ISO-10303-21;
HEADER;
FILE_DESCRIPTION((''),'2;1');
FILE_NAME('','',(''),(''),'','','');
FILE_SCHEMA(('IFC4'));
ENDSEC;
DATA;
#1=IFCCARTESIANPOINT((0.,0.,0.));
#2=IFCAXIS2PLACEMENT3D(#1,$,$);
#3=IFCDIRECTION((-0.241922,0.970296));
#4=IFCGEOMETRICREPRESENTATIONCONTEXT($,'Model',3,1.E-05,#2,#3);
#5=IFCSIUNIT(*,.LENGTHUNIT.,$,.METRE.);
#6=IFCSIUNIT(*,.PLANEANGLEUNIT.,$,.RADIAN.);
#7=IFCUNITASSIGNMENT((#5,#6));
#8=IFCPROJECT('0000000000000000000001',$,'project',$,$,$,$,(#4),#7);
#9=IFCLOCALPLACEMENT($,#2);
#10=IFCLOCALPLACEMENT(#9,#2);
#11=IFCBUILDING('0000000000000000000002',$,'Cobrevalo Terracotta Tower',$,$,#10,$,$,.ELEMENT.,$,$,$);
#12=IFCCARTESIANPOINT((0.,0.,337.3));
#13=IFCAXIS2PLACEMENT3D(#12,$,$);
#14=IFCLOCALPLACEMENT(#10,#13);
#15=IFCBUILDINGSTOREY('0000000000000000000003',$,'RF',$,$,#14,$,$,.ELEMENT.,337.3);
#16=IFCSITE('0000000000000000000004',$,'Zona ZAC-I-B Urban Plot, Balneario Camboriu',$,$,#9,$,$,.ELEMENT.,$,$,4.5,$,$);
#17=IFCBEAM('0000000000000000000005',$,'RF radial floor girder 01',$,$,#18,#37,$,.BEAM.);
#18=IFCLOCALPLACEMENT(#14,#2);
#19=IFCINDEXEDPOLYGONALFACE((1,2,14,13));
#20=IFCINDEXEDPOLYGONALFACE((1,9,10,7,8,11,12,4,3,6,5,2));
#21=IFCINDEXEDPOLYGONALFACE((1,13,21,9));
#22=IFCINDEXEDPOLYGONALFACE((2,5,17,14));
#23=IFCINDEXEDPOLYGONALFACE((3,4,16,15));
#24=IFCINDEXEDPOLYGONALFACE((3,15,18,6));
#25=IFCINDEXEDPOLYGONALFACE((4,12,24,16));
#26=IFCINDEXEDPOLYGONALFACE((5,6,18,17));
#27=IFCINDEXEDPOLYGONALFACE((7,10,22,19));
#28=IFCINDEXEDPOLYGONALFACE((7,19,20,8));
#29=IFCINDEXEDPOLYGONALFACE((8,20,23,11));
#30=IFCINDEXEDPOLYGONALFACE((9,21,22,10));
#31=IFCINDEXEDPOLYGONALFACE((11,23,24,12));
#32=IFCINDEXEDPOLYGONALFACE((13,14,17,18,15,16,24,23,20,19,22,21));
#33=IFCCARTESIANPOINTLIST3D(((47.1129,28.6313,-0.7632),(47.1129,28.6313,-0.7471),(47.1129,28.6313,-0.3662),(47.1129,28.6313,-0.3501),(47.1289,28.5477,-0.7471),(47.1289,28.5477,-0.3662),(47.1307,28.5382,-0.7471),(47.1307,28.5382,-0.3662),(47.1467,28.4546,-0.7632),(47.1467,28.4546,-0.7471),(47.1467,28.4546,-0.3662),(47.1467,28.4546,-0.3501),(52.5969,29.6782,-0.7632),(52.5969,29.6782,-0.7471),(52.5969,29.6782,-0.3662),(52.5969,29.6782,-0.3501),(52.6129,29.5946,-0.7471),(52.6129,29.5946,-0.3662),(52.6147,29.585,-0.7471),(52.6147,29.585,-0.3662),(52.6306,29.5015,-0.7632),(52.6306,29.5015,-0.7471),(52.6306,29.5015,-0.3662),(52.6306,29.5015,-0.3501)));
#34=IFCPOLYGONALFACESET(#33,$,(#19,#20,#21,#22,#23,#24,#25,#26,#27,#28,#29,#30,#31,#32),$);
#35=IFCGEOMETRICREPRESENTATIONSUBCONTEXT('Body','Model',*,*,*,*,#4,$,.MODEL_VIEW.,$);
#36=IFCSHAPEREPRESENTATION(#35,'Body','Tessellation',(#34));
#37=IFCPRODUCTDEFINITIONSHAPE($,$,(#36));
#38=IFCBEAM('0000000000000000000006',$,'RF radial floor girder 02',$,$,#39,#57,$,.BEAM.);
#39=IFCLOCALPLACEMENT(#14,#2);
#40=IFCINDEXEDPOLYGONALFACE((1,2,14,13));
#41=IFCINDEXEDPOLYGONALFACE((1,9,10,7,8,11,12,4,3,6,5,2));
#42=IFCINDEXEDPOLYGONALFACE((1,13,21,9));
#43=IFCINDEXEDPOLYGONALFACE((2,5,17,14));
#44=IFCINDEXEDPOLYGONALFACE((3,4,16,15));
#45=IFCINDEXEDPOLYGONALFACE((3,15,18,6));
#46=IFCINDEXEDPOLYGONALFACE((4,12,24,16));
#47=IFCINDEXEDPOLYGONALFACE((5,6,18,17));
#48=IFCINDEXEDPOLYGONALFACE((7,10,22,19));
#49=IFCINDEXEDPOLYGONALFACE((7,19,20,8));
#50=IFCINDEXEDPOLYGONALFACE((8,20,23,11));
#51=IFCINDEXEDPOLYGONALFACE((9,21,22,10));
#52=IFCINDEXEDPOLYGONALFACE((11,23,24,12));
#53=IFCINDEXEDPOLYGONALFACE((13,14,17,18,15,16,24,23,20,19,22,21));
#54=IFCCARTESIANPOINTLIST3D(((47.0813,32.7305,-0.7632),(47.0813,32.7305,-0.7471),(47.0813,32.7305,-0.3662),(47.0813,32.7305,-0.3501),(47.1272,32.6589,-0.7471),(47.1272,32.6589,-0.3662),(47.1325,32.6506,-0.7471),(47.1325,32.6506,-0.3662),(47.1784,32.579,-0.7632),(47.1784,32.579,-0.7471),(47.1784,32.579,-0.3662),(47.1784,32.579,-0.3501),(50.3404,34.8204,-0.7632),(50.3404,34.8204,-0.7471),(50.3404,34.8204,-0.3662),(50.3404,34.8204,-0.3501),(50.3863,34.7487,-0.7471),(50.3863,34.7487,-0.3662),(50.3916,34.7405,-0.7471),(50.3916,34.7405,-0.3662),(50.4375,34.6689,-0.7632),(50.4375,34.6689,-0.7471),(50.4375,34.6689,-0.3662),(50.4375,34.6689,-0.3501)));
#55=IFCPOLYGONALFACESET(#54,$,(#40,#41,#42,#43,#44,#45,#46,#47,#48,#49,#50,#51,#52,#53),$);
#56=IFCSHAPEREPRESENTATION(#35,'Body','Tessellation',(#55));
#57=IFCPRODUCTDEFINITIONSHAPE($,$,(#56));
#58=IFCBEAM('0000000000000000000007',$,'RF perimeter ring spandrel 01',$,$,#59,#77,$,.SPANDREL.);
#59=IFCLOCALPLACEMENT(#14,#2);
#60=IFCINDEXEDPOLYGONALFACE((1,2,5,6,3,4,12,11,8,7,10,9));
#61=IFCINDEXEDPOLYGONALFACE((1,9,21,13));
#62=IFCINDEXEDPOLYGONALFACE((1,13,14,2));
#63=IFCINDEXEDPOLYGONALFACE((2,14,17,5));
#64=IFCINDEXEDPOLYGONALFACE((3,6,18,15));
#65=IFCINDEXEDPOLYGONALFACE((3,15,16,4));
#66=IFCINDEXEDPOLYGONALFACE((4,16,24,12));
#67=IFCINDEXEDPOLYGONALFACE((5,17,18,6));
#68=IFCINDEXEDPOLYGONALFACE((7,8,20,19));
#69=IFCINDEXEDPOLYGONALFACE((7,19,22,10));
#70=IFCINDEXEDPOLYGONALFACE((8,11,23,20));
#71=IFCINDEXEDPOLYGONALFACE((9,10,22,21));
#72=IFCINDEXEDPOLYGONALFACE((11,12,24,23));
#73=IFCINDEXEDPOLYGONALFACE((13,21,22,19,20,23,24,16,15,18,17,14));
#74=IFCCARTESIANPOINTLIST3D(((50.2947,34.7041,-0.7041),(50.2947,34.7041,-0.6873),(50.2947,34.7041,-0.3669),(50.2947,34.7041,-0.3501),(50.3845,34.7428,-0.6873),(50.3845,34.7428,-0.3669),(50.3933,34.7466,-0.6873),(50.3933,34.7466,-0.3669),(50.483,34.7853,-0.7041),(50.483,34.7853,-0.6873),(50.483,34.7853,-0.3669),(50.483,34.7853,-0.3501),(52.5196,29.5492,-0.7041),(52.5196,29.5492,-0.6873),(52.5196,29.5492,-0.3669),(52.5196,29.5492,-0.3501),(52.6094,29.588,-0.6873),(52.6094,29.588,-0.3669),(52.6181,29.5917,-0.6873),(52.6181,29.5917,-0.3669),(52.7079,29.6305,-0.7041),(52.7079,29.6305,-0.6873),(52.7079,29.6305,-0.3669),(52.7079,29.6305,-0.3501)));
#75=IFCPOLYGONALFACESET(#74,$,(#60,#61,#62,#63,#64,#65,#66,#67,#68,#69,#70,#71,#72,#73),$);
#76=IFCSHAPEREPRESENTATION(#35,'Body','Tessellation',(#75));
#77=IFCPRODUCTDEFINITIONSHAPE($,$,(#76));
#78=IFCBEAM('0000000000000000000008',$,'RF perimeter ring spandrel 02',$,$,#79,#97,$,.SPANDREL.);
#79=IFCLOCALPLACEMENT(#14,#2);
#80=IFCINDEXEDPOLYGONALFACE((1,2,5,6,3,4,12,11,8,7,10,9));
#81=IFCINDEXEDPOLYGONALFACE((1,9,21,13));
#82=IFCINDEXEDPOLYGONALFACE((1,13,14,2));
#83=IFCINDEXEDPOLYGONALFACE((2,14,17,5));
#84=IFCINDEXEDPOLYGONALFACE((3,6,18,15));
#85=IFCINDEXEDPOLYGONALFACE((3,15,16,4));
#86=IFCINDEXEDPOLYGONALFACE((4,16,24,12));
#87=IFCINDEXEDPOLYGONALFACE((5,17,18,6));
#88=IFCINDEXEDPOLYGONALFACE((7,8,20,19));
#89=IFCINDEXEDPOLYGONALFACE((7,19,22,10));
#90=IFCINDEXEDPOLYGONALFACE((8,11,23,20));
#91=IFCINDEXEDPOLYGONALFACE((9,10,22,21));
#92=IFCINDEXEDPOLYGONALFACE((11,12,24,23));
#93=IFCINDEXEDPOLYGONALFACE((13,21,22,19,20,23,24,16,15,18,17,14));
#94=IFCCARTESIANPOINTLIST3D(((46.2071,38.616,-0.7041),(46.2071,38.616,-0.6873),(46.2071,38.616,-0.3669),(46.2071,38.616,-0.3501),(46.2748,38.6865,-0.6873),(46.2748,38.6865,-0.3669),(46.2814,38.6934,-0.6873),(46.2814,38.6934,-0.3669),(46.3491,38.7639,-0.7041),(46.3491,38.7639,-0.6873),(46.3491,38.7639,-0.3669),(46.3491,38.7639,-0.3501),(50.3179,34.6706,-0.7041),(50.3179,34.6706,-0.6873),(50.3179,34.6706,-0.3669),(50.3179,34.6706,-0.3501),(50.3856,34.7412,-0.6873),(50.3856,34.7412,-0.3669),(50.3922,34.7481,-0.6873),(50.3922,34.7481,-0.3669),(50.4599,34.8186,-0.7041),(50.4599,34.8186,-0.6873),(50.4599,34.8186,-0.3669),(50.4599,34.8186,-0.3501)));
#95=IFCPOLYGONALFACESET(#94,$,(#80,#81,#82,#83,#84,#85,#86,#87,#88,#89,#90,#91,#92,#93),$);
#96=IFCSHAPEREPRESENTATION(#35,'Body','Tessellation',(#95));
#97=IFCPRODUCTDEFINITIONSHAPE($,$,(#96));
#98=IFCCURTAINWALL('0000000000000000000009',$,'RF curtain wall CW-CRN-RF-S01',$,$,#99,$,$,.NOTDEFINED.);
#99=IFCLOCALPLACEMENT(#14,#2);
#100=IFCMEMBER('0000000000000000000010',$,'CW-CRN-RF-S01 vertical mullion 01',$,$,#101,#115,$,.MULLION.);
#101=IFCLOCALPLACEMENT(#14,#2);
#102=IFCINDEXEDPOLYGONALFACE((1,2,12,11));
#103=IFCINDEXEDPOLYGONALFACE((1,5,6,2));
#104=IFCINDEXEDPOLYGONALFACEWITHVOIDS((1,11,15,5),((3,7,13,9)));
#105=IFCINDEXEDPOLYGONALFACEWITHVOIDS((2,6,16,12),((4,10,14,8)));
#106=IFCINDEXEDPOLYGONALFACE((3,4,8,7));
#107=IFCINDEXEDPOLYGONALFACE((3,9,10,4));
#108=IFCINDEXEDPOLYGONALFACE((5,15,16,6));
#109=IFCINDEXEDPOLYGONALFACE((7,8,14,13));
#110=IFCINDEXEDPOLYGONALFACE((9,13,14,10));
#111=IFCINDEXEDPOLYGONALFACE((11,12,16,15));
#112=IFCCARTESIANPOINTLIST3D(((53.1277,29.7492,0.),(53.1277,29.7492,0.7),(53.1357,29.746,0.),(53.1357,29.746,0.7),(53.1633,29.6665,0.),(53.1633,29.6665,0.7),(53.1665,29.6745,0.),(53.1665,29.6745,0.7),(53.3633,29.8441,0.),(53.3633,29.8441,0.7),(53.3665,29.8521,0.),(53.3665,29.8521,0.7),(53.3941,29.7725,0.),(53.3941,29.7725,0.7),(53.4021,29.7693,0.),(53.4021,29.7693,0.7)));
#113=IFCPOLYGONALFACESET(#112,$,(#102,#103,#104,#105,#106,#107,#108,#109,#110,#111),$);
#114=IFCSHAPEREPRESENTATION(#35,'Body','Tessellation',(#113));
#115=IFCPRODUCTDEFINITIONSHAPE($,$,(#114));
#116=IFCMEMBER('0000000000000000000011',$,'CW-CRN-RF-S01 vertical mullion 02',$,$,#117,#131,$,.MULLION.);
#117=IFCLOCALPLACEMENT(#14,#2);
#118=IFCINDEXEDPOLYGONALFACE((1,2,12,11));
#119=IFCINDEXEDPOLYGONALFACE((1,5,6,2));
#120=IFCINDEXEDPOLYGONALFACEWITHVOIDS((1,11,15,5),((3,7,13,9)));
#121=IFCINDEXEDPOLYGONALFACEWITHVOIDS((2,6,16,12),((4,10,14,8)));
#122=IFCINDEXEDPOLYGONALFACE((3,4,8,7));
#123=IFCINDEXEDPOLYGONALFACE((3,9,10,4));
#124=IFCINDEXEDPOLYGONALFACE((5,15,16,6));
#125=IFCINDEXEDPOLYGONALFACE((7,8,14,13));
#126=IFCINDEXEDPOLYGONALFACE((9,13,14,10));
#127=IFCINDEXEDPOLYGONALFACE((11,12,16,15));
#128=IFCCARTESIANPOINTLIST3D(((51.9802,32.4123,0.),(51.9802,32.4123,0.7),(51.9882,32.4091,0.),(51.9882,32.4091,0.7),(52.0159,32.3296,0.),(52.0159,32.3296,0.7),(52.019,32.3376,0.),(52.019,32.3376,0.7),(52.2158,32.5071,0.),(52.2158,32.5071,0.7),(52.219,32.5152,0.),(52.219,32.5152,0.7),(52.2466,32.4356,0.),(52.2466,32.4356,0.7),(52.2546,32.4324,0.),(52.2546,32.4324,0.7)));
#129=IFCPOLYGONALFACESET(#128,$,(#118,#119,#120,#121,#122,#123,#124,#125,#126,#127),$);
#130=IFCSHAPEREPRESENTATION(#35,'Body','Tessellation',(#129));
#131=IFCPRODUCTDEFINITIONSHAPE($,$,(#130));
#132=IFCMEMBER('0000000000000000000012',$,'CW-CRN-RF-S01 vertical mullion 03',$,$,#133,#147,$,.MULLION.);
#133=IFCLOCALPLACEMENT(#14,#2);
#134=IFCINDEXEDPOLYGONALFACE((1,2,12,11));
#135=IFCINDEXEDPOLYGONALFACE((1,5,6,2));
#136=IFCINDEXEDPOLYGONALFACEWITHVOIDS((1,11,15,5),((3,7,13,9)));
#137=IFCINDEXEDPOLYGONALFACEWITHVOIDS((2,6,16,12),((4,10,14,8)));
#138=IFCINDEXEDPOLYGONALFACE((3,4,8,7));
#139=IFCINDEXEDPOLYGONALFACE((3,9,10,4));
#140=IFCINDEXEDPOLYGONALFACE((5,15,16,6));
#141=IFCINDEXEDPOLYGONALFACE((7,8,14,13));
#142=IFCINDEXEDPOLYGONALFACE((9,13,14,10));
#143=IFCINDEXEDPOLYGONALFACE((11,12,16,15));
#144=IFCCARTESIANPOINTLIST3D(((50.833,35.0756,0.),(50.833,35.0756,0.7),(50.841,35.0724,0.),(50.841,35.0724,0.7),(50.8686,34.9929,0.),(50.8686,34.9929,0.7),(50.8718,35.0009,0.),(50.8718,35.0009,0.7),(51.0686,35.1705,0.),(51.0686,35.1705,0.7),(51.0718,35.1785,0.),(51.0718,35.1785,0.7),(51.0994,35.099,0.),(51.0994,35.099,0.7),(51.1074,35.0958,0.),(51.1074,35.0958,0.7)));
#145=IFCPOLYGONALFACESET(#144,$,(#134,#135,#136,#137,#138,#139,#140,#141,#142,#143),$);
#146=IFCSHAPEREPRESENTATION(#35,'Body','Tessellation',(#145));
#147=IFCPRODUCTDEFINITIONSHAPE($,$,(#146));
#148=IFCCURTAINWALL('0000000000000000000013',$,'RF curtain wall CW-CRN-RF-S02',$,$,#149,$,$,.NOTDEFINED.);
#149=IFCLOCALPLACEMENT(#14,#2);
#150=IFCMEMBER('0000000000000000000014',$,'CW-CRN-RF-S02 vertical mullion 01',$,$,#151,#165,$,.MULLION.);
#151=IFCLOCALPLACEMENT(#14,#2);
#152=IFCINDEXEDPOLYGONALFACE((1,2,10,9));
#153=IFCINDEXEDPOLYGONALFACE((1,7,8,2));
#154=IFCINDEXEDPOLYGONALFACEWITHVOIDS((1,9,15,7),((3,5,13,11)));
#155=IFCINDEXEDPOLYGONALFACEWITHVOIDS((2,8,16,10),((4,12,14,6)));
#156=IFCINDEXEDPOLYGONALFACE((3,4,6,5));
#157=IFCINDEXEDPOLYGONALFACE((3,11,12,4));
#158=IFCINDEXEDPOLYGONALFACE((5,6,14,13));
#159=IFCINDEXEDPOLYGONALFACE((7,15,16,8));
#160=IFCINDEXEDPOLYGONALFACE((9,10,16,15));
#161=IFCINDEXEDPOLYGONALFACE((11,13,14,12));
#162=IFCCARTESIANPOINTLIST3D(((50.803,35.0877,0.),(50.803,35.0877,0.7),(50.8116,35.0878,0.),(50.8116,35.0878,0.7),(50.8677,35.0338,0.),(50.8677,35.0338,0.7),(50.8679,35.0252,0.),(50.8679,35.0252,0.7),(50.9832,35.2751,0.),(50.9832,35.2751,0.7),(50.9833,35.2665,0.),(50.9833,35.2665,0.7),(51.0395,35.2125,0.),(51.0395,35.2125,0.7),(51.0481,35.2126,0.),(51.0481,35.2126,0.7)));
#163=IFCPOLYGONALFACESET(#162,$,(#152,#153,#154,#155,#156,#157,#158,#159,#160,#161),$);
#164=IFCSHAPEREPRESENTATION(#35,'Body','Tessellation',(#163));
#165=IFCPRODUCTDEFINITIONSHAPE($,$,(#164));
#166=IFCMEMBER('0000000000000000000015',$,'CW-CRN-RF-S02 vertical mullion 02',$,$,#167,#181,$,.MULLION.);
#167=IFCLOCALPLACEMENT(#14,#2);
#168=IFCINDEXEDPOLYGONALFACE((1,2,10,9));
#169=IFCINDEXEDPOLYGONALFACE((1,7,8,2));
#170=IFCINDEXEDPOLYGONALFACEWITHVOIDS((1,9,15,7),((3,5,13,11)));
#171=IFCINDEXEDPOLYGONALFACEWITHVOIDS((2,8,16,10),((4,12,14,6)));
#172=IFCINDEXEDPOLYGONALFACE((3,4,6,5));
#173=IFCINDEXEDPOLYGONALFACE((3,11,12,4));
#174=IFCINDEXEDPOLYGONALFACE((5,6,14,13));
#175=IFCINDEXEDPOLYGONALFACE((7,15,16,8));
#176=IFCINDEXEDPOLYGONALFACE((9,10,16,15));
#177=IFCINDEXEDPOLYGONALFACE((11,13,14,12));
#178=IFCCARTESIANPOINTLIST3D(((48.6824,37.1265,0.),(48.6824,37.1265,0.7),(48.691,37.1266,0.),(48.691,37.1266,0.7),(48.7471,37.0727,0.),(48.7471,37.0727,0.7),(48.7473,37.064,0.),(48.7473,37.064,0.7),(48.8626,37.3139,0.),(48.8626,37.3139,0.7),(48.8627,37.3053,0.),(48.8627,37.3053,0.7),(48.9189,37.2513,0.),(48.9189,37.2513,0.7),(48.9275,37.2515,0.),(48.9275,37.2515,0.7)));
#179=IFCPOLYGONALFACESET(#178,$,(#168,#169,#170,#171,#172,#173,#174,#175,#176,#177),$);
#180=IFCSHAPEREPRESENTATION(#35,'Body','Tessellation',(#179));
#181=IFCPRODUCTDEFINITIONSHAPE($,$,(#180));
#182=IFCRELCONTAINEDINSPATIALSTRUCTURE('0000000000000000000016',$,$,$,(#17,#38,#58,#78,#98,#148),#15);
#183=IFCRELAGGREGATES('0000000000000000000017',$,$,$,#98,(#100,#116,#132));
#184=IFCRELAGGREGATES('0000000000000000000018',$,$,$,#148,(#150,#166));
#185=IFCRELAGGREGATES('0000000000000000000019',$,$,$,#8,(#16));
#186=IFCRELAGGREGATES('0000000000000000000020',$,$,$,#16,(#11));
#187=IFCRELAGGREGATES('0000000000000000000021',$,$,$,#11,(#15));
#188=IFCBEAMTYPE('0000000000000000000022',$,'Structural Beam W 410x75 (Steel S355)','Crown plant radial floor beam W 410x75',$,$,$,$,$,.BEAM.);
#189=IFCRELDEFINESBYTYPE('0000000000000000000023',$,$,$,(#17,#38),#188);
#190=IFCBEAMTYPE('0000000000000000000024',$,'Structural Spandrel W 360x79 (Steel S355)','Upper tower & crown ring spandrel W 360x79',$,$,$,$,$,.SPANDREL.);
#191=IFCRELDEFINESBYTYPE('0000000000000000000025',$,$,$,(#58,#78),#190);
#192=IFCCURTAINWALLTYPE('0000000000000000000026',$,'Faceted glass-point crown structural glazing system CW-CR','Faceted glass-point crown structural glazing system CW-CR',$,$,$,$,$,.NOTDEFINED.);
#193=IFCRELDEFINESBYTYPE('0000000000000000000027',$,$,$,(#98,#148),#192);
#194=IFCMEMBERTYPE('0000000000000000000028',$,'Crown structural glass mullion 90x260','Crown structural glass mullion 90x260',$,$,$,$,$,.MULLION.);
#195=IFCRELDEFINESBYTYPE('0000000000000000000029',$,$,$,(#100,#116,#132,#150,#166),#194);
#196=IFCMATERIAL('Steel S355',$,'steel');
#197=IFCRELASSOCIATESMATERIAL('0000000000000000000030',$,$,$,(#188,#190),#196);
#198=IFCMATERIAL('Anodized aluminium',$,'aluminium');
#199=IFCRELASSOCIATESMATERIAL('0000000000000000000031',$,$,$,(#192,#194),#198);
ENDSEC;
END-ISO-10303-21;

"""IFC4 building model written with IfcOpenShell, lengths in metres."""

from ifc_helpers import new_model, si_unit, direction, frame, origin, origin_2d, place, context, subcontext, project, spatial, hollow_rectangle, i_section, extrude, source, transform, mapped, material, material_profile, profile_set, type_object, element, aggregate, save


model = new_model("IFC4")

# Units and contexts
model_context = context("Model", 3, precision=1e-05, world=origin(), true_north=direction((-0.241922, 0.970296)))
body_context = subcontext(model_context, "Body", "Model", "MODEL_VIEW")
ifc_project = project(units=[si_unit("LENGTHUNIT", "METRE"), si_unit("PLANEANGLEUNIT", "RADIAN")], contexts=[model_context])

# Site, building, storey
site_placement = place(None, origin())
site = spatial("IfcSite", under=ifc_project, at=site_placement, Name="Zona ZAC-I-B Urban Plot, Balneario Camboriu", CompositionType="ELEMENT", RefElevation=4.5)
building_placement = place(site_placement, origin())
building = spatial("IfcBuilding", under=site, at=building_placement, Name="Cobrevalo Terracotta Tower", CompositionType="ELEMENT")
storey_placement = place(building_placement, frame((0.0, 0.0, 337.3)))
storey = spatial("IfcBuildingStorey", under=building, at=storey_placement, Name="RF", CompositionType="ELEMENT", Elevation=337.3)

# Beams
ifc_material_1 = material(Name="Steel S355", Category="steel")
ifc_material_profile_1 = material_profile(ifc_material_1, i_section(OverallWidth=0.1799, OverallDepth=0.4131, WebThickness=0.0098, FlangeThickness=0.0161, at=origin_2d()), Name="W 410x75")
ifc_profile_set_1 = profile_set([ifc_material_profile_1], Name="Steel S355")
beam_type_1 = type_object("IfcBeamType", Name="Structural Beam W 410x75 (Steel S355)", Description="Crown plant radial floor beam W 410x75", PredefinedType="BEAM", material=ifc_profile_set_1)
beam_1_placement = place(storey_placement, frame((52.6138, 29.5898, -0.5566), z_axis=(-0.982262, -0.187514, 0.0), x_axis=(0.187514, -0.982262, 0.0)))
element("IfcBeam", 1, at=beam_1_placement, inside=storey, type_object=beam_type_1, Name="RF radial floor girder 01", PredefinedType="BEAM", context=body_context, shape_type="SweptSolid", body=[
    extrude(i_section(OverallWidth=0.1799, OverallDepth=0.4131, WebThickness=0.0098, FlangeThickness=0.0161, at=origin_2d()), origin(), (0.0, 0.0, 1.0), 5.583),
])
beam_2_placement = place(storey_placement, frame((50.3889, 34.7446, -0.5566), z_axis=(-0.841795, -0.539798, 0.0), x_axis=(0.539798, -0.841795, 0.0)))
element("IfcBeam", 2, at=beam_2_placement, inside=storey, type_object=beam_type_1, Name="RF radial floor girder 02", PredefinedType="BEAM", context=body_context, shape_type="SweptSolid", body=[
    extrude(i_section(OverallWidth=0.1799, OverallDepth=0.4131, WebThickness=0.0098, FlangeThickness=0.0161, at=origin_2d()), origin(), (0.0, 0.0, 1.0), 3.8716),
])
ifc_material_profile_2 = material_profile(ifc_material_1, i_section(OverallWidth=0.2051, OverallDepth=0.354, WebThickness=0.0095, FlangeThickness=0.0168, at=origin_2d()), Name="W 360x79")
ifc_profile_set_2 = profile_set([ifc_material_profile_2], Name="Steel S355")
beam_type_2 = type_object("IfcBeamType", Name="Structural Spandrel W 360x79 (Steel S355)", Description="Upper tower & crown ring spandrel W 360x79", PredefinedType="SPANDREL", material=ifc_profile_set_2)
beam_3_placement = place(storey_placement, frame((52.6138, 29.5898, -0.5271), z_axis=(-0.396274, 0.918132, 0.0), x_axis=(-0.918132, -0.396274, 0.0)))
element("IfcBeam", 3, at=beam_3_placement, inside=storey, type_object=beam_type_2, Name="RF perimeter ring spandrel 01", PredefinedType="SPANDREL", context=body_context, shape_type="SweptSolid", body=[
    extrude(i_section(OverallWidth=0.2051, OverallDepth=0.354, WebThickness=0.0095, FlangeThickness=0.0168, at=origin_2d()), origin(), (0.0, 0.0, 1.0), 5.6145),
])
beam_4_placement = place(storey_placement, frame((50.3889, 34.7446, -0.5271), z_axis=(-0.721483, 0.692432, 0.0), x_axis=(-0.692432, -0.721483, 0.0)))
element("IfcBeam", 4, at=beam_4_placement, inside=storey, type_object=beam_type_2, Name="RF perimeter ring spandrel 02", PredefinedType="SPANDREL", context=body_context, shape_type="SweptSolid", body=[
    extrude(i_section(OverallWidth=0.2051, OverallDepth=0.354, WebThickness=0.0095, FlangeThickness=0.0168, at=origin_2d()), origin(), (0.0, 0.0, 1.0), 5.6978),
])

# Curtain walls, members
ifc_material_2 = material(Name="Anodized aluminium", Category="aluminium")
curtain_wall_type = type_object("IfcCurtainWallType", Name="Faceted glass-point crown structural glazing system CW-CR", Description="Faceted glass-point crown structural glazing system CW-CR", PredefinedType="NOTDEFINED", material=ifc_material_2)
curtain_wall_1_placement = place(storey_placement, origin())
curtain_wall_1 = element("IfcCurtainWall", 5, at=curtain_wall_1_placement, inside=storey, type_object=curtain_wall_type, Name="RF curtain wall CW-CRN-RF-S01", PredefinedType="NOTDEFINED")
ifc_material_profile_3 = material_profile(ifc_material_2, hollow_rectangle(XDim=0.0901, YDim=0.26, WallThickness=0.0061, at=origin_2d()), Name="CWM 90x260")
ifc_profile_set_3 = profile_set([ifc_material_profile_3], Name="Anodized aluminium")
member_type_1 = type_object("IfcMemberType", Name="Crown structural glass mullion 90x260", Description="Crown structural glass mullion 90x260", PredefinedType="MULLION", material=ifc_profile_set_3)
shared_shape_1 = source(origin(), body_context, "Body", "SweptSolid", [
    extrude(hollow_rectangle(XDim=0.0901, YDim=0.26, WallThickness=0.0061, at=origin_2d()), origin(), (0.0, 0.0, 1.0), 0.7),
])
member_1_placement = place(storey_placement, frame((53.2649, 29.7593, 0.0), z_axis=(0.0, 0.0, 1.0), x_axis=(-0.395658, 0.918398, 0.0)))
member_1 = element("IfcMember", 6, at=member_1_placement, type_object=member_type_1, Name="CW-CRN-RF-S01 vertical mullion 01", PredefinedType="MULLION", context=body_context, shape_type="MappedRepresentation", body=[
    mapped(shared_shape_1, transform((0.0, 0.0, 0.0), scale=1.0)),
])
member_2_placement = place(storey_placement, frame((52.1174, 32.4224, 0.0), z_axis=(0.0, 0.0, 1.0), x_axis=(-0.395658, 0.918398, 0.0)))
member_2 = element("IfcMember", 7, at=member_2_placement, type_object=member_type_1, Name="CW-CRN-RF-S01 vertical mullion 02", PredefinedType="MULLION", context=body_context, shape_type="MappedRepresentation", body=[
    mapped(shared_shape_1, transform((0.0, 0.0, 0.0), scale=1.0)),
])
member_3_placement = place(storey_placement, frame((50.9702, 35.0857, 0.0), z_axis=(0.0, 0.0, 1.0), x_axis=(-0.395658, 0.918398, 0.0)))
member_3 = element("IfcMember", 8, at=member_3_placement, type_object=member_type_1, Name="CW-CRN-RF-S01 vertical mullion 03", PredefinedType="MULLION", context=body_context, shape_type="MappedRepresentation", body=[
    mapped(shared_shape_1, transform((0.0, 0.0, 0.0), scale=1.0)),
])
curtain_wall_2_placement = place(storey_placement, origin())
curtain_wall_2 = element("IfcCurtainWall", 9, at=curtain_wall_2_placement, inside=storey, type_object=curtain_wall_type, Name="RF curtain wall CW-CRN-RF-S02", PredefinedType="NOTDEFINED")
member_4_placement = place(storey_placement, frame((50.9255, 35.1501, 0.0), z_axis=(0.0, 0.0, 1.0), x_axis=(-0.720854, 0.693087, 0.0)))
member_4 = element("IfcMember", 10, at=member_4_placement, type_object=member_type_1, Name="CW-CRN-RF-S02 vertical mullion 01", PredefinedType="MULLION", context=body_context, shape_type="MappedRepresentation", body=[
    mapped(shared_shape_1, transform((0.0, 0.0, 0.0), scale=1.0)),
])
member_5_placement = place(storey_placement, frame((48.8049, 37.189, 0.0), z_axis=(0.0, 0.0, 1.0), x_axis=(-0.720854, 0.693087, 0.0)))
member_5 = element("IfcMember", 11, at=member_5_placement, type_object=member_type_1, Name="CW-CRN-RF-S02 vertical mullion 02", PredefinedType="MULLION", context=body_context, shape_type="MappedRepresentation", body=[
    mapped(shared_shape_1, transform((0.0, 0.0, 0.0), scale=1.0)),
])

aggregate(curtain_wall_1, [member_1, member_2, member_3])
aggregate(curtain_wall_2, [member_4, member_5])

save(model, "model.ifc")
